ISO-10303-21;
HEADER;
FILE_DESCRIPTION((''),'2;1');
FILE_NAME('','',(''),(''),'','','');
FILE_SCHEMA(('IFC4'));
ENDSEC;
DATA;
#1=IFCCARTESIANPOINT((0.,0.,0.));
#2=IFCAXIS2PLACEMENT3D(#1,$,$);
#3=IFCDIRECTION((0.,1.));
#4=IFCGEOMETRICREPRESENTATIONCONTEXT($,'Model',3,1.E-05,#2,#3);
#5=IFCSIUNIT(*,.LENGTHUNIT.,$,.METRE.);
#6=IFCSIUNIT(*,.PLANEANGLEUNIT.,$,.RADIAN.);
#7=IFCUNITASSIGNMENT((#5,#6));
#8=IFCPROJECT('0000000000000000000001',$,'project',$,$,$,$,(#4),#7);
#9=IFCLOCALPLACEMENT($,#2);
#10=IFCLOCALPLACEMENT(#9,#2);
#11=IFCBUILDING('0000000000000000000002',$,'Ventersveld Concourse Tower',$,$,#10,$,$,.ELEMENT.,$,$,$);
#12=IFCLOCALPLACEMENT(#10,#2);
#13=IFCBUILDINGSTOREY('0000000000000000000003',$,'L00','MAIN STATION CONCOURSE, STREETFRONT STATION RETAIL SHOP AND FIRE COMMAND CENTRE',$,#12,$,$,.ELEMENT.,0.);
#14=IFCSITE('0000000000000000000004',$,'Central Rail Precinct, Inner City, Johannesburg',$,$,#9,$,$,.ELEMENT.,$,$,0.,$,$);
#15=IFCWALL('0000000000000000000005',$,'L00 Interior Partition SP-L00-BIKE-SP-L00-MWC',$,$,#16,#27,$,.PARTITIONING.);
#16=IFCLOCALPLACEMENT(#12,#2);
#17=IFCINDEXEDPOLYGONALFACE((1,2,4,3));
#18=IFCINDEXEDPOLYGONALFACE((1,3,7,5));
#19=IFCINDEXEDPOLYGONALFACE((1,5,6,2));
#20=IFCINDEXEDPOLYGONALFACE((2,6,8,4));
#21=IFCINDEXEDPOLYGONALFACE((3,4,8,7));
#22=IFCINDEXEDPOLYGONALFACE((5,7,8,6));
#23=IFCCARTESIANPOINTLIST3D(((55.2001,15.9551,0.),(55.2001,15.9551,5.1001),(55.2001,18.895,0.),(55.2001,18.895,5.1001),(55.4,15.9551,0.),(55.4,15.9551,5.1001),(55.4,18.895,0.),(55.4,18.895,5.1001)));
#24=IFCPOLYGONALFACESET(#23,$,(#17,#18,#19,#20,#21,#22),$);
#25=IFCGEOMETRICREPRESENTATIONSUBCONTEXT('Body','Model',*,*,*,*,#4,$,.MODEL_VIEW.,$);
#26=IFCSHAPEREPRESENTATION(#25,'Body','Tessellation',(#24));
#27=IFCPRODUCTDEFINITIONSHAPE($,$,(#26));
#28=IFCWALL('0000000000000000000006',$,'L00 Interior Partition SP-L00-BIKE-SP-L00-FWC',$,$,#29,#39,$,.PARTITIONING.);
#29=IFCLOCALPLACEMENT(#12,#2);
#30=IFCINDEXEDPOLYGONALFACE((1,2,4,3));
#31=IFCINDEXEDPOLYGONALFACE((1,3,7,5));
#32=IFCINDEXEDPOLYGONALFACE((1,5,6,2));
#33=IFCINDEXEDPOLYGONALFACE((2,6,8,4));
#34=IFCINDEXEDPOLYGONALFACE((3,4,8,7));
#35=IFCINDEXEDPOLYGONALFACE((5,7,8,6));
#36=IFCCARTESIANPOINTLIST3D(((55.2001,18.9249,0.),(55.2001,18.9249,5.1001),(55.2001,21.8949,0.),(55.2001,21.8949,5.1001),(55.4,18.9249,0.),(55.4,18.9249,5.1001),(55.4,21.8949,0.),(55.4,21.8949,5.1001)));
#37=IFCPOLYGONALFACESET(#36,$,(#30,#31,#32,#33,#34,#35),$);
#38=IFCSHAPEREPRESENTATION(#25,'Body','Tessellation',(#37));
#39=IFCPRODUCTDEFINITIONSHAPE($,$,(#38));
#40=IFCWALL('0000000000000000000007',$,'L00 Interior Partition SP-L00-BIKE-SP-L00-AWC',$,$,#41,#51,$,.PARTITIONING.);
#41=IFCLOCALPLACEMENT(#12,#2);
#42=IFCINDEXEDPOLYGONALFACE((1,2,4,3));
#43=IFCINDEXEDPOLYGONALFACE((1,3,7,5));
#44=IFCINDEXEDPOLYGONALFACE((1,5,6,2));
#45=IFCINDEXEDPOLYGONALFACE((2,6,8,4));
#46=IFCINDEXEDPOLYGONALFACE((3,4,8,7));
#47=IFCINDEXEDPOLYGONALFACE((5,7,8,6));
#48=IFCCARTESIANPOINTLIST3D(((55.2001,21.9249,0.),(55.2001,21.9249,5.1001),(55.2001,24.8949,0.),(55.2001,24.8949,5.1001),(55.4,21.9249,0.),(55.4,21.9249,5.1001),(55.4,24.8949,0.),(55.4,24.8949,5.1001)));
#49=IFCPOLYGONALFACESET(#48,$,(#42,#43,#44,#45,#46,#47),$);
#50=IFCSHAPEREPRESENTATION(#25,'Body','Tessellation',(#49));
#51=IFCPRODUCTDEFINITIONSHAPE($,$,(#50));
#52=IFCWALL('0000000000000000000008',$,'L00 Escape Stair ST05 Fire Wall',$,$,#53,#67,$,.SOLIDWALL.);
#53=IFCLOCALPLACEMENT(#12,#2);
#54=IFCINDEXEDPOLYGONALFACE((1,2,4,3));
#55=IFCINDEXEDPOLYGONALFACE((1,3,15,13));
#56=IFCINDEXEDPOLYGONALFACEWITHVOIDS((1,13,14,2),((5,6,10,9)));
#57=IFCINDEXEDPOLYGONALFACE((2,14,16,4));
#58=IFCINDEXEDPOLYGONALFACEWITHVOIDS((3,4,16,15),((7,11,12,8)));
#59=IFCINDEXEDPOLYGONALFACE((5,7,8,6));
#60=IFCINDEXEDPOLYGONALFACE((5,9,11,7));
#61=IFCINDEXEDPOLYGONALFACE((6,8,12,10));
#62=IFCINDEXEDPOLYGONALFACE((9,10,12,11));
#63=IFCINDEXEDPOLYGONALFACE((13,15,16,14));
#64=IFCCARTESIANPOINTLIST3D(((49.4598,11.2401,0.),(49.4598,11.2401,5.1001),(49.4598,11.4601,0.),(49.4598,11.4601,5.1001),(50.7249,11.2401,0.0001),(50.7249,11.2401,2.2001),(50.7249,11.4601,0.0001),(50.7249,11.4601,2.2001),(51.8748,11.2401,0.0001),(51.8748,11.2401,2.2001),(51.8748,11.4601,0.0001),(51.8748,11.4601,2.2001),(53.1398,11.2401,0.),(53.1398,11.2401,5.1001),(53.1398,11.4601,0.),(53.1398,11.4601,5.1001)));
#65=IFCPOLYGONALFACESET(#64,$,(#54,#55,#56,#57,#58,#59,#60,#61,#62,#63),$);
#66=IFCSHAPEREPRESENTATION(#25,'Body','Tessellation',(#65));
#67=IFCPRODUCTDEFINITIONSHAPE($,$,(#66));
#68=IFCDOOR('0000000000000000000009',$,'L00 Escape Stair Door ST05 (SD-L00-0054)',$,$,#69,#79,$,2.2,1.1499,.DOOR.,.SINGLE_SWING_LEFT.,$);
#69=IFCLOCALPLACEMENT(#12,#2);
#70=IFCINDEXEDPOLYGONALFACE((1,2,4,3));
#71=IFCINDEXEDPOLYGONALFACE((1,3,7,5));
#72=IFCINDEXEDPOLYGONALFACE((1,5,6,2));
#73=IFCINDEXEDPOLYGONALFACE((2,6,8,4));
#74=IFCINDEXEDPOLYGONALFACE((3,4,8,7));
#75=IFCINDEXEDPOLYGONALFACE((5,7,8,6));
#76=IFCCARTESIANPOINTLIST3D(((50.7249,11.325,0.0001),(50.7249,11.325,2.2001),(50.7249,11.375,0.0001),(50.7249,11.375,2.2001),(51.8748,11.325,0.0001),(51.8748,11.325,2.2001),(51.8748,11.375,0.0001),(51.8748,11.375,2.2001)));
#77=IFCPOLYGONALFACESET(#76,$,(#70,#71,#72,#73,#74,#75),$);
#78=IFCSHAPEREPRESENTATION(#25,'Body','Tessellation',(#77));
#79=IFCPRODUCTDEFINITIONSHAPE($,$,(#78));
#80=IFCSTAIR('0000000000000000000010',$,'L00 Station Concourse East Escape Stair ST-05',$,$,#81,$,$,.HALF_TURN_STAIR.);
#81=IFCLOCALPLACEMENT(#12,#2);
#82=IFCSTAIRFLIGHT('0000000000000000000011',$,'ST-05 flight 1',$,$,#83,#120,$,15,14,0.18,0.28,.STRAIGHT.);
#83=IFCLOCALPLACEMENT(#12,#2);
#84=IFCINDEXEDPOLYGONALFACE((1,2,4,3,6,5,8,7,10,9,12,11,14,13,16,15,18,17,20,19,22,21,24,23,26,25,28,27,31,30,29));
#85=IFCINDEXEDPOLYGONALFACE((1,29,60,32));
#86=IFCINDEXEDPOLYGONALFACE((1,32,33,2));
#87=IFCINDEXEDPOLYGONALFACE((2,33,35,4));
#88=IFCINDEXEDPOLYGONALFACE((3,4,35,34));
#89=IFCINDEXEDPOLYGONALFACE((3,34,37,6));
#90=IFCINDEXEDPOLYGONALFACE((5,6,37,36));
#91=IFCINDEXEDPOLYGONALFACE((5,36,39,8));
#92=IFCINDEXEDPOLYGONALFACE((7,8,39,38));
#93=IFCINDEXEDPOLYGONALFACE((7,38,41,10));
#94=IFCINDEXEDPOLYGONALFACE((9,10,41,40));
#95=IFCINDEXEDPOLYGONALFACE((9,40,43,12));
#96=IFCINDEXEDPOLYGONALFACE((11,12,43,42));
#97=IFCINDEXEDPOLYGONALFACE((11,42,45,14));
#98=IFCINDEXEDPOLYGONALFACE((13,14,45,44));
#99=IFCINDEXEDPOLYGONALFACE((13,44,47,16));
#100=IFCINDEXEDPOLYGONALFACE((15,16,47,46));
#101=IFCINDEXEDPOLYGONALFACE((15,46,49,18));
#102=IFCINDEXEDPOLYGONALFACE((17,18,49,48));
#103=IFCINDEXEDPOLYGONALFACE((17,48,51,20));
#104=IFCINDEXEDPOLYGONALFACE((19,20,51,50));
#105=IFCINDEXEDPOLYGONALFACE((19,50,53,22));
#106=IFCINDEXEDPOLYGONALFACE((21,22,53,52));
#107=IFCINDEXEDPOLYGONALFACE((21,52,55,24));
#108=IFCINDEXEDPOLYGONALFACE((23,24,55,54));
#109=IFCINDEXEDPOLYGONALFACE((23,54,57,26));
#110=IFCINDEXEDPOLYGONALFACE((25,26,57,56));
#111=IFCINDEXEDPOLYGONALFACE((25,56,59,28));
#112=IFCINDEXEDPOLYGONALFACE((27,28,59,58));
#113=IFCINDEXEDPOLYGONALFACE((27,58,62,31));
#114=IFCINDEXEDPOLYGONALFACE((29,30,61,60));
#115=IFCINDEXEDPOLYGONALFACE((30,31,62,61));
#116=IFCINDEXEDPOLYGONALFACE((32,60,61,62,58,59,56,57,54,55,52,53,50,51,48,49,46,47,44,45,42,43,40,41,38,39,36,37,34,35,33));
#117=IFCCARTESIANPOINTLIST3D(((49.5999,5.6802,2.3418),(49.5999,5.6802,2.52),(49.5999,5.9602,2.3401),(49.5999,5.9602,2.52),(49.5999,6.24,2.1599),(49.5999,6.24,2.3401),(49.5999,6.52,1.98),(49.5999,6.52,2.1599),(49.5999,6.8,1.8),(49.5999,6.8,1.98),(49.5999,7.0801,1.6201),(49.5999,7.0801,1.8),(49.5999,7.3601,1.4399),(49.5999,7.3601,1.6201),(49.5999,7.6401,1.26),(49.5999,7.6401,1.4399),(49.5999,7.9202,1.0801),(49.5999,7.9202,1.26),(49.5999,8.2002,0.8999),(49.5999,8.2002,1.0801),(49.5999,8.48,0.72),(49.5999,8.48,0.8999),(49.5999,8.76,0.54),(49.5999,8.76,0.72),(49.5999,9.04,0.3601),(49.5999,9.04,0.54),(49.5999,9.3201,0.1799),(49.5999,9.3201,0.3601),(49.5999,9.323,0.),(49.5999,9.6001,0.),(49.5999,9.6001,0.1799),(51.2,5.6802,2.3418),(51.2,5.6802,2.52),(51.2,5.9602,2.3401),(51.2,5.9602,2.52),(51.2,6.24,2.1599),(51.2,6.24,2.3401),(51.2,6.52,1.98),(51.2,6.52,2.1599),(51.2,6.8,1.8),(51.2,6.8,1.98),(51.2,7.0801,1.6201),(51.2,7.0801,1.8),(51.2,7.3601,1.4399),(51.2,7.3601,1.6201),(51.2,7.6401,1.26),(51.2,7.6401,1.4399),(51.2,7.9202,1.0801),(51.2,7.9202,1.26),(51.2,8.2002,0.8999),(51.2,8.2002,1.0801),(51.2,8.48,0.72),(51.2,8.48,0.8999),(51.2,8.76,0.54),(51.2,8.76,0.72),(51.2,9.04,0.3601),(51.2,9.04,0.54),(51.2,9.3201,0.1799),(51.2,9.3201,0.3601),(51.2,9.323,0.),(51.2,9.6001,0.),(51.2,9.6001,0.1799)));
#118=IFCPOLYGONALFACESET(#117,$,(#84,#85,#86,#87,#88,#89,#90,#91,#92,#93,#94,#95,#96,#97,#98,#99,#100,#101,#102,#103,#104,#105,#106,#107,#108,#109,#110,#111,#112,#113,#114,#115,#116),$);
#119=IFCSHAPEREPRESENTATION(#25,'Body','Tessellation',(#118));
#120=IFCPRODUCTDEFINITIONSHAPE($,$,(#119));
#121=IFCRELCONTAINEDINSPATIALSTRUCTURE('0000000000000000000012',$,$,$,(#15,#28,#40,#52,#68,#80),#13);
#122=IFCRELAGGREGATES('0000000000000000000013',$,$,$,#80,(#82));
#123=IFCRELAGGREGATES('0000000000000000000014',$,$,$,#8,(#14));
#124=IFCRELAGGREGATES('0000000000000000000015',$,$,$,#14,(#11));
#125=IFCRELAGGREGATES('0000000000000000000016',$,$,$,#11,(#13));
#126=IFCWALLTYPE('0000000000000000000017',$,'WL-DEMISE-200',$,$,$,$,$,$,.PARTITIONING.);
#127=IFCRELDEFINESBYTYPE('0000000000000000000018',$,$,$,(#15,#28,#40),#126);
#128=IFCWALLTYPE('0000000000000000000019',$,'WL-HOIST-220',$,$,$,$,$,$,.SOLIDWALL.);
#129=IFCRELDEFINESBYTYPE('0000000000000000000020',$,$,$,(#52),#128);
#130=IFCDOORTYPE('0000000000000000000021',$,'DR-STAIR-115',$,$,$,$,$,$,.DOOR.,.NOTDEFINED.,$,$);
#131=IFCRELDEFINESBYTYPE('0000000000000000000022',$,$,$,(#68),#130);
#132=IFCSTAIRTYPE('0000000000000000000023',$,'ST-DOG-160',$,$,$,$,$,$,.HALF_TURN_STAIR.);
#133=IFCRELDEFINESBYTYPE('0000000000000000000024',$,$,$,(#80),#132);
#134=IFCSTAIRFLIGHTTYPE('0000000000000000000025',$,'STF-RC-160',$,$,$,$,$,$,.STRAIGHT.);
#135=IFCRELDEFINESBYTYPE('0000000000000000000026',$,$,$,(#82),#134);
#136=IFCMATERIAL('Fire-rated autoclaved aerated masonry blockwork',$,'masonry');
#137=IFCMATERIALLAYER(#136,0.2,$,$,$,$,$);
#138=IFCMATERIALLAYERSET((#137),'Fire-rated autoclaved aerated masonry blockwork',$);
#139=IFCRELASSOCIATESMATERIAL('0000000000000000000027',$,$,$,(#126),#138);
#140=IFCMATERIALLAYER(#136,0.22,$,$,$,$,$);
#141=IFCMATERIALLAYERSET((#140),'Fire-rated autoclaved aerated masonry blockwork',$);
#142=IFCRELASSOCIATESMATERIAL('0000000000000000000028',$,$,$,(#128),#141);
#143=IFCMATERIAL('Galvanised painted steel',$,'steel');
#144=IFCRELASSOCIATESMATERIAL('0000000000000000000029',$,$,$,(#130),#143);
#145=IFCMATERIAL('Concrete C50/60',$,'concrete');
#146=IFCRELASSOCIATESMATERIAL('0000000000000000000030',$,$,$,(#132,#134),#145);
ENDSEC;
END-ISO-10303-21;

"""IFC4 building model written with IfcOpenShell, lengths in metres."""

from ifc_helpers import new_model, si_unit, direction, frame, frame_2d, origin, place, context, subcontext, project, spatial, polyline, rectangle, outline, extrude, material, layer, layer_set, type_object, element, fill, aggregate, save


model = new_model("IFC4")

# Units and contexts
model_context = context("Model", 3, precision=1e-05, world=origin(), true_north=direction((0.0, 1.0)))
body_context = subcontext(model_context, "Body", "Model", "MODEL_VIEW")
ifc_project = project(units=[si_unit("LENGTHUNIT", "METRE"), si_unit("PLANEANGLEUNIT", "RADIAN")], contexts=[model_context])

# Site, building, storey
site_placement = place(None, origin())
site = spatial("IfcSite", under=ifc_project, at=site_placement, Name="Central Rail Precinct, Inner City, Johannesburg", CompositionType="ELEMENT", RefElevation=0.0)
building_placement = place(site_placement, origin())
building = spatial("IfcBuilding", under=site, at=building_placement, Name="Ventersveld Concourse Tower", CompositionType="ELEMENT")
storey_placement = place(building_placement, origin())
storey = spatial("IfcBuildingStorey", under=building, at=storey_placement, Name="L00", Description="MAIN STATION CONCOURSE, STREETFRONT STATION RETAIL SHOP AND FIRE COMMAND CENTRE", CompositionType="ELEMENT", Elevation=0.0)

# Shared definitions
ifc_material_1 = material(Name="Fire-rated autoclaved aerated masonry blockwork", Category="masonry")
ifc_material_2 = material(Name="Galvanised painted steel", Category="steel")

# Walls
ifc_layer_1 = layer(ifc_material_1, 0.2)
ifc_layer_set_1 = layer_set([ifc_layer_1], Name="Fire-rated autoclaved aerated masonry blockwork")
wall_type_1 = type_object("IfcWallType", Name="WL-DEMISE-200", PredefinedType="PARTITIONING", material=ifc_layer_set_1)
wall_1_placement = place(storey_placement, frame((55.3, 15.9551, 0.0), z_axis=(0.0, 0.0, 1.0), x_axis=(0.0, 1.0, 0.0)))
element("IfcWall", 1, at=wall_1_placement, inside=storey, type_object=wall_type_1, Name="L00 Interior Partition SP-L00-BIKE-SP-L00-MWC", PredefinedType="PARTITIONING", context=body_context, shape_type="SweptSolid", body=[
    extrude(rectangle(XDim=2.9399, YDim=0.2, at=frame_2d((1.47, 0.0))), origin(), (0.0, 0.0, 1.0), 5.1001),
])
for number, where, z_axis, x_axis, name in (
    (2, (55.3, 18.925, 0.0), (0.0, 0.0, 1.0), (0.0, 1.0, 0.0), "L00 Interior Partition SP-L00-BIKE-SP-L00-FWC"),
    (3, (55.3, 21.925, 0.0), (0.0, 0.0, 1.0), (0.0, 1.0, 0.0), "L00 Interior Partition SP-L00-BIKE-SP-L00-AWC"),
):
    element("IfcWall", number, at=place(storey_placement, frame(where, z_axis=z_axis, x_axis=x_axis)), inside=storey, type_object=wall_type_1, Name=name, PredefinedType="PARTITIONING", context=body_context, shape_type="SweptSolid", body=[
        extrude(rectangle(XDim=2.97, YDim=0.2, at=frame_2d((1.4849, 0.0))), origin(), (0.0, 0.0, 1.0), 5.1001),
    ])

# Wall, opening, door
ifc_layer_2 = layer(ifc_material_1, 0.22)
ifc_layer_set_2 = layer_set([ifc_layer_2], Name="Fire-rated autoclaved aerated masonry blockwork")
wall_type_2 = type_object("IfcWallType", Name="WL-HOIST-220", PredefinedType="SOLIDWALL", material=ifc_layer_set_2)
wall_2_placement = place(storey_placement, frame((49.46, 11.3501, 0.0), z_axis=(0.0, 0.0, 1.0), x_axis=(1.0, 0.0, 0.0)))
wall_2 = element("IfcWall", 4, at=wall_2_placement, inside=storey, type_object=wall_type_2, Name="L00 Escape Stair ST05 Fire Wall", PredefinedType="SOLIDWALL", context=body_context, shape_type="SweptSolid", body=[
    extrude(rectangle(XDim=3.6799, YDim=0.22, at=frame_2d((1.8398, 0.0))), origin(), (0.0, 0.0, 1.0), 5.1001),
])
opening_1_placement = place(wall_2_placement, frame((1.2649, 0.0, 0.0)))
opening_1 = element("IfcOpeningElement", 5, at=opening_1_placement, cuts=wall_2, PredefinedType="OPENING", context=body_context, shape_type="SweptSolid", body=[
    extrude(rectangle(XDim=1.1499, YDim=2.2, at=frame_2d((0.575, 1.1001))), frame((0.0, 0.1201, 0.0), z_axis=(0.0, -1.0, 0.0), x_axis=(1.0, 0.0, 0.0)), (0.0, 0.0, 1.0), 0.24),
])
door_type_1 = type_object("IfcDoorType", Name="DR-STAIR-115", OperationType="NOTDEFINED", PredefinedType="DOOR", material=ifc_material_2)
door_1_placement = place(opening_1_placement, origin())
door_1 = element("IfcDoor", 6, at=door_1_placement, inside=storey, type_object=door_type_1, Name="L00 Escape Stair Door ST05 (SD-L00-0054)", OperationType="SINGLE_SWING_LEFT", OverallHeight=2.2, OverallWidth=1.1499, PredefinedType="DOOR", context=body_context, shape_type="SweptSolid", body=[
    extrude(rectangle(XDim=1.1499, YDim=2.2, at=frame_2d((0.575, 1.1001))), frame((0.0, 0.0249, 0.0), z_axis=(0.0, -1.0, 0.0), x_axis=(1.0, 0.0, 0.0)), (0.0, 0.0, 1.0), 0.05),
])
fill(opening_1, door_1)

# Stair, stair flight
ifc_material_3 = material(Name="Concrete C50/60", Category="concrete")
stair_type = type_object("IfcStairType", Name="ST-DOG-160", PredefinedType="HALF_TURN_STAIR", material=ifc_material_3)
stair_placement = place(storey_placement, origin())
stair = element("IfcStair", 7, at=stair_placement, inside=storey, type_object=stair_type, Name="L00 Station Concourse East Escape Stair ST-05", PredefinedType="HALF_TURN_STAIR")
stair_flight_type = type_object("IfcStairFlightType", Name="STF-RC-160", PredefinedType="STRAIGHT", material=ifc_material_3)
stair_flight_placement = place(storey_placement, frame((50.3999, 9.6001, 0.0), z_axis=(0.0, 0.0, 1.0), x_axis=(0.0, -1.0, 0.0)))
stair_flight = element("IfcStairFlight", 8, at=stair_flight_placement, type_object=stair_flight_type, Name="ST-05 flight 1", NumberOfRisers=15, NumberOfTreads=14, PredefinedType="STRAIGHT", RiserHeight=0.18, TreadLength=0.28, context=body_context, shape_type="SweptSolid", body=[
    extrude(outline(polyline([(0.0, 0.0), (0.0, 0.1799), (0.28, 0.1799), (0.28, 0.3601), (0.5601, 0.3601), (0.5601, 0.54), (0.8401, 0.54), (0.8401, 0.72), (1.1201, 0.72), (1.1201, 0.8999), (1.3999, 0.8999), (1.3999, 1.0801), (1.6799, 1.0801), (1.6799, 1.26), (1.96, 1.26), (1.96, 1.4399), (2.24, 1.4399), (2.24, 1.6201), (2.52, 1.6201), (2.52, 1.8), (2.8, 1.8), (2.8, 1.98), (3.0801, 1.98), (3.0801, 2.1599), (3.3601, 2.1599), (3.3601, 2.3401), (3.6399, 2.3401), (3.6399, 2.52), (3.9199, 2.52), (3.9199, 2.7), (3.9199, 2.3418), (0.2771, 0.0), (0.0, 0.0)])), frame((0.0, 0.8, 0.0), z_axis=(0.0, -1.0, 0.0), x_axis=(1.0, 0.0, 0.0)), (0.0, 0.0, 1.0), 1.6001),
])
aggregate(stair, [stair_flight])

save(model, "model.ifc")
